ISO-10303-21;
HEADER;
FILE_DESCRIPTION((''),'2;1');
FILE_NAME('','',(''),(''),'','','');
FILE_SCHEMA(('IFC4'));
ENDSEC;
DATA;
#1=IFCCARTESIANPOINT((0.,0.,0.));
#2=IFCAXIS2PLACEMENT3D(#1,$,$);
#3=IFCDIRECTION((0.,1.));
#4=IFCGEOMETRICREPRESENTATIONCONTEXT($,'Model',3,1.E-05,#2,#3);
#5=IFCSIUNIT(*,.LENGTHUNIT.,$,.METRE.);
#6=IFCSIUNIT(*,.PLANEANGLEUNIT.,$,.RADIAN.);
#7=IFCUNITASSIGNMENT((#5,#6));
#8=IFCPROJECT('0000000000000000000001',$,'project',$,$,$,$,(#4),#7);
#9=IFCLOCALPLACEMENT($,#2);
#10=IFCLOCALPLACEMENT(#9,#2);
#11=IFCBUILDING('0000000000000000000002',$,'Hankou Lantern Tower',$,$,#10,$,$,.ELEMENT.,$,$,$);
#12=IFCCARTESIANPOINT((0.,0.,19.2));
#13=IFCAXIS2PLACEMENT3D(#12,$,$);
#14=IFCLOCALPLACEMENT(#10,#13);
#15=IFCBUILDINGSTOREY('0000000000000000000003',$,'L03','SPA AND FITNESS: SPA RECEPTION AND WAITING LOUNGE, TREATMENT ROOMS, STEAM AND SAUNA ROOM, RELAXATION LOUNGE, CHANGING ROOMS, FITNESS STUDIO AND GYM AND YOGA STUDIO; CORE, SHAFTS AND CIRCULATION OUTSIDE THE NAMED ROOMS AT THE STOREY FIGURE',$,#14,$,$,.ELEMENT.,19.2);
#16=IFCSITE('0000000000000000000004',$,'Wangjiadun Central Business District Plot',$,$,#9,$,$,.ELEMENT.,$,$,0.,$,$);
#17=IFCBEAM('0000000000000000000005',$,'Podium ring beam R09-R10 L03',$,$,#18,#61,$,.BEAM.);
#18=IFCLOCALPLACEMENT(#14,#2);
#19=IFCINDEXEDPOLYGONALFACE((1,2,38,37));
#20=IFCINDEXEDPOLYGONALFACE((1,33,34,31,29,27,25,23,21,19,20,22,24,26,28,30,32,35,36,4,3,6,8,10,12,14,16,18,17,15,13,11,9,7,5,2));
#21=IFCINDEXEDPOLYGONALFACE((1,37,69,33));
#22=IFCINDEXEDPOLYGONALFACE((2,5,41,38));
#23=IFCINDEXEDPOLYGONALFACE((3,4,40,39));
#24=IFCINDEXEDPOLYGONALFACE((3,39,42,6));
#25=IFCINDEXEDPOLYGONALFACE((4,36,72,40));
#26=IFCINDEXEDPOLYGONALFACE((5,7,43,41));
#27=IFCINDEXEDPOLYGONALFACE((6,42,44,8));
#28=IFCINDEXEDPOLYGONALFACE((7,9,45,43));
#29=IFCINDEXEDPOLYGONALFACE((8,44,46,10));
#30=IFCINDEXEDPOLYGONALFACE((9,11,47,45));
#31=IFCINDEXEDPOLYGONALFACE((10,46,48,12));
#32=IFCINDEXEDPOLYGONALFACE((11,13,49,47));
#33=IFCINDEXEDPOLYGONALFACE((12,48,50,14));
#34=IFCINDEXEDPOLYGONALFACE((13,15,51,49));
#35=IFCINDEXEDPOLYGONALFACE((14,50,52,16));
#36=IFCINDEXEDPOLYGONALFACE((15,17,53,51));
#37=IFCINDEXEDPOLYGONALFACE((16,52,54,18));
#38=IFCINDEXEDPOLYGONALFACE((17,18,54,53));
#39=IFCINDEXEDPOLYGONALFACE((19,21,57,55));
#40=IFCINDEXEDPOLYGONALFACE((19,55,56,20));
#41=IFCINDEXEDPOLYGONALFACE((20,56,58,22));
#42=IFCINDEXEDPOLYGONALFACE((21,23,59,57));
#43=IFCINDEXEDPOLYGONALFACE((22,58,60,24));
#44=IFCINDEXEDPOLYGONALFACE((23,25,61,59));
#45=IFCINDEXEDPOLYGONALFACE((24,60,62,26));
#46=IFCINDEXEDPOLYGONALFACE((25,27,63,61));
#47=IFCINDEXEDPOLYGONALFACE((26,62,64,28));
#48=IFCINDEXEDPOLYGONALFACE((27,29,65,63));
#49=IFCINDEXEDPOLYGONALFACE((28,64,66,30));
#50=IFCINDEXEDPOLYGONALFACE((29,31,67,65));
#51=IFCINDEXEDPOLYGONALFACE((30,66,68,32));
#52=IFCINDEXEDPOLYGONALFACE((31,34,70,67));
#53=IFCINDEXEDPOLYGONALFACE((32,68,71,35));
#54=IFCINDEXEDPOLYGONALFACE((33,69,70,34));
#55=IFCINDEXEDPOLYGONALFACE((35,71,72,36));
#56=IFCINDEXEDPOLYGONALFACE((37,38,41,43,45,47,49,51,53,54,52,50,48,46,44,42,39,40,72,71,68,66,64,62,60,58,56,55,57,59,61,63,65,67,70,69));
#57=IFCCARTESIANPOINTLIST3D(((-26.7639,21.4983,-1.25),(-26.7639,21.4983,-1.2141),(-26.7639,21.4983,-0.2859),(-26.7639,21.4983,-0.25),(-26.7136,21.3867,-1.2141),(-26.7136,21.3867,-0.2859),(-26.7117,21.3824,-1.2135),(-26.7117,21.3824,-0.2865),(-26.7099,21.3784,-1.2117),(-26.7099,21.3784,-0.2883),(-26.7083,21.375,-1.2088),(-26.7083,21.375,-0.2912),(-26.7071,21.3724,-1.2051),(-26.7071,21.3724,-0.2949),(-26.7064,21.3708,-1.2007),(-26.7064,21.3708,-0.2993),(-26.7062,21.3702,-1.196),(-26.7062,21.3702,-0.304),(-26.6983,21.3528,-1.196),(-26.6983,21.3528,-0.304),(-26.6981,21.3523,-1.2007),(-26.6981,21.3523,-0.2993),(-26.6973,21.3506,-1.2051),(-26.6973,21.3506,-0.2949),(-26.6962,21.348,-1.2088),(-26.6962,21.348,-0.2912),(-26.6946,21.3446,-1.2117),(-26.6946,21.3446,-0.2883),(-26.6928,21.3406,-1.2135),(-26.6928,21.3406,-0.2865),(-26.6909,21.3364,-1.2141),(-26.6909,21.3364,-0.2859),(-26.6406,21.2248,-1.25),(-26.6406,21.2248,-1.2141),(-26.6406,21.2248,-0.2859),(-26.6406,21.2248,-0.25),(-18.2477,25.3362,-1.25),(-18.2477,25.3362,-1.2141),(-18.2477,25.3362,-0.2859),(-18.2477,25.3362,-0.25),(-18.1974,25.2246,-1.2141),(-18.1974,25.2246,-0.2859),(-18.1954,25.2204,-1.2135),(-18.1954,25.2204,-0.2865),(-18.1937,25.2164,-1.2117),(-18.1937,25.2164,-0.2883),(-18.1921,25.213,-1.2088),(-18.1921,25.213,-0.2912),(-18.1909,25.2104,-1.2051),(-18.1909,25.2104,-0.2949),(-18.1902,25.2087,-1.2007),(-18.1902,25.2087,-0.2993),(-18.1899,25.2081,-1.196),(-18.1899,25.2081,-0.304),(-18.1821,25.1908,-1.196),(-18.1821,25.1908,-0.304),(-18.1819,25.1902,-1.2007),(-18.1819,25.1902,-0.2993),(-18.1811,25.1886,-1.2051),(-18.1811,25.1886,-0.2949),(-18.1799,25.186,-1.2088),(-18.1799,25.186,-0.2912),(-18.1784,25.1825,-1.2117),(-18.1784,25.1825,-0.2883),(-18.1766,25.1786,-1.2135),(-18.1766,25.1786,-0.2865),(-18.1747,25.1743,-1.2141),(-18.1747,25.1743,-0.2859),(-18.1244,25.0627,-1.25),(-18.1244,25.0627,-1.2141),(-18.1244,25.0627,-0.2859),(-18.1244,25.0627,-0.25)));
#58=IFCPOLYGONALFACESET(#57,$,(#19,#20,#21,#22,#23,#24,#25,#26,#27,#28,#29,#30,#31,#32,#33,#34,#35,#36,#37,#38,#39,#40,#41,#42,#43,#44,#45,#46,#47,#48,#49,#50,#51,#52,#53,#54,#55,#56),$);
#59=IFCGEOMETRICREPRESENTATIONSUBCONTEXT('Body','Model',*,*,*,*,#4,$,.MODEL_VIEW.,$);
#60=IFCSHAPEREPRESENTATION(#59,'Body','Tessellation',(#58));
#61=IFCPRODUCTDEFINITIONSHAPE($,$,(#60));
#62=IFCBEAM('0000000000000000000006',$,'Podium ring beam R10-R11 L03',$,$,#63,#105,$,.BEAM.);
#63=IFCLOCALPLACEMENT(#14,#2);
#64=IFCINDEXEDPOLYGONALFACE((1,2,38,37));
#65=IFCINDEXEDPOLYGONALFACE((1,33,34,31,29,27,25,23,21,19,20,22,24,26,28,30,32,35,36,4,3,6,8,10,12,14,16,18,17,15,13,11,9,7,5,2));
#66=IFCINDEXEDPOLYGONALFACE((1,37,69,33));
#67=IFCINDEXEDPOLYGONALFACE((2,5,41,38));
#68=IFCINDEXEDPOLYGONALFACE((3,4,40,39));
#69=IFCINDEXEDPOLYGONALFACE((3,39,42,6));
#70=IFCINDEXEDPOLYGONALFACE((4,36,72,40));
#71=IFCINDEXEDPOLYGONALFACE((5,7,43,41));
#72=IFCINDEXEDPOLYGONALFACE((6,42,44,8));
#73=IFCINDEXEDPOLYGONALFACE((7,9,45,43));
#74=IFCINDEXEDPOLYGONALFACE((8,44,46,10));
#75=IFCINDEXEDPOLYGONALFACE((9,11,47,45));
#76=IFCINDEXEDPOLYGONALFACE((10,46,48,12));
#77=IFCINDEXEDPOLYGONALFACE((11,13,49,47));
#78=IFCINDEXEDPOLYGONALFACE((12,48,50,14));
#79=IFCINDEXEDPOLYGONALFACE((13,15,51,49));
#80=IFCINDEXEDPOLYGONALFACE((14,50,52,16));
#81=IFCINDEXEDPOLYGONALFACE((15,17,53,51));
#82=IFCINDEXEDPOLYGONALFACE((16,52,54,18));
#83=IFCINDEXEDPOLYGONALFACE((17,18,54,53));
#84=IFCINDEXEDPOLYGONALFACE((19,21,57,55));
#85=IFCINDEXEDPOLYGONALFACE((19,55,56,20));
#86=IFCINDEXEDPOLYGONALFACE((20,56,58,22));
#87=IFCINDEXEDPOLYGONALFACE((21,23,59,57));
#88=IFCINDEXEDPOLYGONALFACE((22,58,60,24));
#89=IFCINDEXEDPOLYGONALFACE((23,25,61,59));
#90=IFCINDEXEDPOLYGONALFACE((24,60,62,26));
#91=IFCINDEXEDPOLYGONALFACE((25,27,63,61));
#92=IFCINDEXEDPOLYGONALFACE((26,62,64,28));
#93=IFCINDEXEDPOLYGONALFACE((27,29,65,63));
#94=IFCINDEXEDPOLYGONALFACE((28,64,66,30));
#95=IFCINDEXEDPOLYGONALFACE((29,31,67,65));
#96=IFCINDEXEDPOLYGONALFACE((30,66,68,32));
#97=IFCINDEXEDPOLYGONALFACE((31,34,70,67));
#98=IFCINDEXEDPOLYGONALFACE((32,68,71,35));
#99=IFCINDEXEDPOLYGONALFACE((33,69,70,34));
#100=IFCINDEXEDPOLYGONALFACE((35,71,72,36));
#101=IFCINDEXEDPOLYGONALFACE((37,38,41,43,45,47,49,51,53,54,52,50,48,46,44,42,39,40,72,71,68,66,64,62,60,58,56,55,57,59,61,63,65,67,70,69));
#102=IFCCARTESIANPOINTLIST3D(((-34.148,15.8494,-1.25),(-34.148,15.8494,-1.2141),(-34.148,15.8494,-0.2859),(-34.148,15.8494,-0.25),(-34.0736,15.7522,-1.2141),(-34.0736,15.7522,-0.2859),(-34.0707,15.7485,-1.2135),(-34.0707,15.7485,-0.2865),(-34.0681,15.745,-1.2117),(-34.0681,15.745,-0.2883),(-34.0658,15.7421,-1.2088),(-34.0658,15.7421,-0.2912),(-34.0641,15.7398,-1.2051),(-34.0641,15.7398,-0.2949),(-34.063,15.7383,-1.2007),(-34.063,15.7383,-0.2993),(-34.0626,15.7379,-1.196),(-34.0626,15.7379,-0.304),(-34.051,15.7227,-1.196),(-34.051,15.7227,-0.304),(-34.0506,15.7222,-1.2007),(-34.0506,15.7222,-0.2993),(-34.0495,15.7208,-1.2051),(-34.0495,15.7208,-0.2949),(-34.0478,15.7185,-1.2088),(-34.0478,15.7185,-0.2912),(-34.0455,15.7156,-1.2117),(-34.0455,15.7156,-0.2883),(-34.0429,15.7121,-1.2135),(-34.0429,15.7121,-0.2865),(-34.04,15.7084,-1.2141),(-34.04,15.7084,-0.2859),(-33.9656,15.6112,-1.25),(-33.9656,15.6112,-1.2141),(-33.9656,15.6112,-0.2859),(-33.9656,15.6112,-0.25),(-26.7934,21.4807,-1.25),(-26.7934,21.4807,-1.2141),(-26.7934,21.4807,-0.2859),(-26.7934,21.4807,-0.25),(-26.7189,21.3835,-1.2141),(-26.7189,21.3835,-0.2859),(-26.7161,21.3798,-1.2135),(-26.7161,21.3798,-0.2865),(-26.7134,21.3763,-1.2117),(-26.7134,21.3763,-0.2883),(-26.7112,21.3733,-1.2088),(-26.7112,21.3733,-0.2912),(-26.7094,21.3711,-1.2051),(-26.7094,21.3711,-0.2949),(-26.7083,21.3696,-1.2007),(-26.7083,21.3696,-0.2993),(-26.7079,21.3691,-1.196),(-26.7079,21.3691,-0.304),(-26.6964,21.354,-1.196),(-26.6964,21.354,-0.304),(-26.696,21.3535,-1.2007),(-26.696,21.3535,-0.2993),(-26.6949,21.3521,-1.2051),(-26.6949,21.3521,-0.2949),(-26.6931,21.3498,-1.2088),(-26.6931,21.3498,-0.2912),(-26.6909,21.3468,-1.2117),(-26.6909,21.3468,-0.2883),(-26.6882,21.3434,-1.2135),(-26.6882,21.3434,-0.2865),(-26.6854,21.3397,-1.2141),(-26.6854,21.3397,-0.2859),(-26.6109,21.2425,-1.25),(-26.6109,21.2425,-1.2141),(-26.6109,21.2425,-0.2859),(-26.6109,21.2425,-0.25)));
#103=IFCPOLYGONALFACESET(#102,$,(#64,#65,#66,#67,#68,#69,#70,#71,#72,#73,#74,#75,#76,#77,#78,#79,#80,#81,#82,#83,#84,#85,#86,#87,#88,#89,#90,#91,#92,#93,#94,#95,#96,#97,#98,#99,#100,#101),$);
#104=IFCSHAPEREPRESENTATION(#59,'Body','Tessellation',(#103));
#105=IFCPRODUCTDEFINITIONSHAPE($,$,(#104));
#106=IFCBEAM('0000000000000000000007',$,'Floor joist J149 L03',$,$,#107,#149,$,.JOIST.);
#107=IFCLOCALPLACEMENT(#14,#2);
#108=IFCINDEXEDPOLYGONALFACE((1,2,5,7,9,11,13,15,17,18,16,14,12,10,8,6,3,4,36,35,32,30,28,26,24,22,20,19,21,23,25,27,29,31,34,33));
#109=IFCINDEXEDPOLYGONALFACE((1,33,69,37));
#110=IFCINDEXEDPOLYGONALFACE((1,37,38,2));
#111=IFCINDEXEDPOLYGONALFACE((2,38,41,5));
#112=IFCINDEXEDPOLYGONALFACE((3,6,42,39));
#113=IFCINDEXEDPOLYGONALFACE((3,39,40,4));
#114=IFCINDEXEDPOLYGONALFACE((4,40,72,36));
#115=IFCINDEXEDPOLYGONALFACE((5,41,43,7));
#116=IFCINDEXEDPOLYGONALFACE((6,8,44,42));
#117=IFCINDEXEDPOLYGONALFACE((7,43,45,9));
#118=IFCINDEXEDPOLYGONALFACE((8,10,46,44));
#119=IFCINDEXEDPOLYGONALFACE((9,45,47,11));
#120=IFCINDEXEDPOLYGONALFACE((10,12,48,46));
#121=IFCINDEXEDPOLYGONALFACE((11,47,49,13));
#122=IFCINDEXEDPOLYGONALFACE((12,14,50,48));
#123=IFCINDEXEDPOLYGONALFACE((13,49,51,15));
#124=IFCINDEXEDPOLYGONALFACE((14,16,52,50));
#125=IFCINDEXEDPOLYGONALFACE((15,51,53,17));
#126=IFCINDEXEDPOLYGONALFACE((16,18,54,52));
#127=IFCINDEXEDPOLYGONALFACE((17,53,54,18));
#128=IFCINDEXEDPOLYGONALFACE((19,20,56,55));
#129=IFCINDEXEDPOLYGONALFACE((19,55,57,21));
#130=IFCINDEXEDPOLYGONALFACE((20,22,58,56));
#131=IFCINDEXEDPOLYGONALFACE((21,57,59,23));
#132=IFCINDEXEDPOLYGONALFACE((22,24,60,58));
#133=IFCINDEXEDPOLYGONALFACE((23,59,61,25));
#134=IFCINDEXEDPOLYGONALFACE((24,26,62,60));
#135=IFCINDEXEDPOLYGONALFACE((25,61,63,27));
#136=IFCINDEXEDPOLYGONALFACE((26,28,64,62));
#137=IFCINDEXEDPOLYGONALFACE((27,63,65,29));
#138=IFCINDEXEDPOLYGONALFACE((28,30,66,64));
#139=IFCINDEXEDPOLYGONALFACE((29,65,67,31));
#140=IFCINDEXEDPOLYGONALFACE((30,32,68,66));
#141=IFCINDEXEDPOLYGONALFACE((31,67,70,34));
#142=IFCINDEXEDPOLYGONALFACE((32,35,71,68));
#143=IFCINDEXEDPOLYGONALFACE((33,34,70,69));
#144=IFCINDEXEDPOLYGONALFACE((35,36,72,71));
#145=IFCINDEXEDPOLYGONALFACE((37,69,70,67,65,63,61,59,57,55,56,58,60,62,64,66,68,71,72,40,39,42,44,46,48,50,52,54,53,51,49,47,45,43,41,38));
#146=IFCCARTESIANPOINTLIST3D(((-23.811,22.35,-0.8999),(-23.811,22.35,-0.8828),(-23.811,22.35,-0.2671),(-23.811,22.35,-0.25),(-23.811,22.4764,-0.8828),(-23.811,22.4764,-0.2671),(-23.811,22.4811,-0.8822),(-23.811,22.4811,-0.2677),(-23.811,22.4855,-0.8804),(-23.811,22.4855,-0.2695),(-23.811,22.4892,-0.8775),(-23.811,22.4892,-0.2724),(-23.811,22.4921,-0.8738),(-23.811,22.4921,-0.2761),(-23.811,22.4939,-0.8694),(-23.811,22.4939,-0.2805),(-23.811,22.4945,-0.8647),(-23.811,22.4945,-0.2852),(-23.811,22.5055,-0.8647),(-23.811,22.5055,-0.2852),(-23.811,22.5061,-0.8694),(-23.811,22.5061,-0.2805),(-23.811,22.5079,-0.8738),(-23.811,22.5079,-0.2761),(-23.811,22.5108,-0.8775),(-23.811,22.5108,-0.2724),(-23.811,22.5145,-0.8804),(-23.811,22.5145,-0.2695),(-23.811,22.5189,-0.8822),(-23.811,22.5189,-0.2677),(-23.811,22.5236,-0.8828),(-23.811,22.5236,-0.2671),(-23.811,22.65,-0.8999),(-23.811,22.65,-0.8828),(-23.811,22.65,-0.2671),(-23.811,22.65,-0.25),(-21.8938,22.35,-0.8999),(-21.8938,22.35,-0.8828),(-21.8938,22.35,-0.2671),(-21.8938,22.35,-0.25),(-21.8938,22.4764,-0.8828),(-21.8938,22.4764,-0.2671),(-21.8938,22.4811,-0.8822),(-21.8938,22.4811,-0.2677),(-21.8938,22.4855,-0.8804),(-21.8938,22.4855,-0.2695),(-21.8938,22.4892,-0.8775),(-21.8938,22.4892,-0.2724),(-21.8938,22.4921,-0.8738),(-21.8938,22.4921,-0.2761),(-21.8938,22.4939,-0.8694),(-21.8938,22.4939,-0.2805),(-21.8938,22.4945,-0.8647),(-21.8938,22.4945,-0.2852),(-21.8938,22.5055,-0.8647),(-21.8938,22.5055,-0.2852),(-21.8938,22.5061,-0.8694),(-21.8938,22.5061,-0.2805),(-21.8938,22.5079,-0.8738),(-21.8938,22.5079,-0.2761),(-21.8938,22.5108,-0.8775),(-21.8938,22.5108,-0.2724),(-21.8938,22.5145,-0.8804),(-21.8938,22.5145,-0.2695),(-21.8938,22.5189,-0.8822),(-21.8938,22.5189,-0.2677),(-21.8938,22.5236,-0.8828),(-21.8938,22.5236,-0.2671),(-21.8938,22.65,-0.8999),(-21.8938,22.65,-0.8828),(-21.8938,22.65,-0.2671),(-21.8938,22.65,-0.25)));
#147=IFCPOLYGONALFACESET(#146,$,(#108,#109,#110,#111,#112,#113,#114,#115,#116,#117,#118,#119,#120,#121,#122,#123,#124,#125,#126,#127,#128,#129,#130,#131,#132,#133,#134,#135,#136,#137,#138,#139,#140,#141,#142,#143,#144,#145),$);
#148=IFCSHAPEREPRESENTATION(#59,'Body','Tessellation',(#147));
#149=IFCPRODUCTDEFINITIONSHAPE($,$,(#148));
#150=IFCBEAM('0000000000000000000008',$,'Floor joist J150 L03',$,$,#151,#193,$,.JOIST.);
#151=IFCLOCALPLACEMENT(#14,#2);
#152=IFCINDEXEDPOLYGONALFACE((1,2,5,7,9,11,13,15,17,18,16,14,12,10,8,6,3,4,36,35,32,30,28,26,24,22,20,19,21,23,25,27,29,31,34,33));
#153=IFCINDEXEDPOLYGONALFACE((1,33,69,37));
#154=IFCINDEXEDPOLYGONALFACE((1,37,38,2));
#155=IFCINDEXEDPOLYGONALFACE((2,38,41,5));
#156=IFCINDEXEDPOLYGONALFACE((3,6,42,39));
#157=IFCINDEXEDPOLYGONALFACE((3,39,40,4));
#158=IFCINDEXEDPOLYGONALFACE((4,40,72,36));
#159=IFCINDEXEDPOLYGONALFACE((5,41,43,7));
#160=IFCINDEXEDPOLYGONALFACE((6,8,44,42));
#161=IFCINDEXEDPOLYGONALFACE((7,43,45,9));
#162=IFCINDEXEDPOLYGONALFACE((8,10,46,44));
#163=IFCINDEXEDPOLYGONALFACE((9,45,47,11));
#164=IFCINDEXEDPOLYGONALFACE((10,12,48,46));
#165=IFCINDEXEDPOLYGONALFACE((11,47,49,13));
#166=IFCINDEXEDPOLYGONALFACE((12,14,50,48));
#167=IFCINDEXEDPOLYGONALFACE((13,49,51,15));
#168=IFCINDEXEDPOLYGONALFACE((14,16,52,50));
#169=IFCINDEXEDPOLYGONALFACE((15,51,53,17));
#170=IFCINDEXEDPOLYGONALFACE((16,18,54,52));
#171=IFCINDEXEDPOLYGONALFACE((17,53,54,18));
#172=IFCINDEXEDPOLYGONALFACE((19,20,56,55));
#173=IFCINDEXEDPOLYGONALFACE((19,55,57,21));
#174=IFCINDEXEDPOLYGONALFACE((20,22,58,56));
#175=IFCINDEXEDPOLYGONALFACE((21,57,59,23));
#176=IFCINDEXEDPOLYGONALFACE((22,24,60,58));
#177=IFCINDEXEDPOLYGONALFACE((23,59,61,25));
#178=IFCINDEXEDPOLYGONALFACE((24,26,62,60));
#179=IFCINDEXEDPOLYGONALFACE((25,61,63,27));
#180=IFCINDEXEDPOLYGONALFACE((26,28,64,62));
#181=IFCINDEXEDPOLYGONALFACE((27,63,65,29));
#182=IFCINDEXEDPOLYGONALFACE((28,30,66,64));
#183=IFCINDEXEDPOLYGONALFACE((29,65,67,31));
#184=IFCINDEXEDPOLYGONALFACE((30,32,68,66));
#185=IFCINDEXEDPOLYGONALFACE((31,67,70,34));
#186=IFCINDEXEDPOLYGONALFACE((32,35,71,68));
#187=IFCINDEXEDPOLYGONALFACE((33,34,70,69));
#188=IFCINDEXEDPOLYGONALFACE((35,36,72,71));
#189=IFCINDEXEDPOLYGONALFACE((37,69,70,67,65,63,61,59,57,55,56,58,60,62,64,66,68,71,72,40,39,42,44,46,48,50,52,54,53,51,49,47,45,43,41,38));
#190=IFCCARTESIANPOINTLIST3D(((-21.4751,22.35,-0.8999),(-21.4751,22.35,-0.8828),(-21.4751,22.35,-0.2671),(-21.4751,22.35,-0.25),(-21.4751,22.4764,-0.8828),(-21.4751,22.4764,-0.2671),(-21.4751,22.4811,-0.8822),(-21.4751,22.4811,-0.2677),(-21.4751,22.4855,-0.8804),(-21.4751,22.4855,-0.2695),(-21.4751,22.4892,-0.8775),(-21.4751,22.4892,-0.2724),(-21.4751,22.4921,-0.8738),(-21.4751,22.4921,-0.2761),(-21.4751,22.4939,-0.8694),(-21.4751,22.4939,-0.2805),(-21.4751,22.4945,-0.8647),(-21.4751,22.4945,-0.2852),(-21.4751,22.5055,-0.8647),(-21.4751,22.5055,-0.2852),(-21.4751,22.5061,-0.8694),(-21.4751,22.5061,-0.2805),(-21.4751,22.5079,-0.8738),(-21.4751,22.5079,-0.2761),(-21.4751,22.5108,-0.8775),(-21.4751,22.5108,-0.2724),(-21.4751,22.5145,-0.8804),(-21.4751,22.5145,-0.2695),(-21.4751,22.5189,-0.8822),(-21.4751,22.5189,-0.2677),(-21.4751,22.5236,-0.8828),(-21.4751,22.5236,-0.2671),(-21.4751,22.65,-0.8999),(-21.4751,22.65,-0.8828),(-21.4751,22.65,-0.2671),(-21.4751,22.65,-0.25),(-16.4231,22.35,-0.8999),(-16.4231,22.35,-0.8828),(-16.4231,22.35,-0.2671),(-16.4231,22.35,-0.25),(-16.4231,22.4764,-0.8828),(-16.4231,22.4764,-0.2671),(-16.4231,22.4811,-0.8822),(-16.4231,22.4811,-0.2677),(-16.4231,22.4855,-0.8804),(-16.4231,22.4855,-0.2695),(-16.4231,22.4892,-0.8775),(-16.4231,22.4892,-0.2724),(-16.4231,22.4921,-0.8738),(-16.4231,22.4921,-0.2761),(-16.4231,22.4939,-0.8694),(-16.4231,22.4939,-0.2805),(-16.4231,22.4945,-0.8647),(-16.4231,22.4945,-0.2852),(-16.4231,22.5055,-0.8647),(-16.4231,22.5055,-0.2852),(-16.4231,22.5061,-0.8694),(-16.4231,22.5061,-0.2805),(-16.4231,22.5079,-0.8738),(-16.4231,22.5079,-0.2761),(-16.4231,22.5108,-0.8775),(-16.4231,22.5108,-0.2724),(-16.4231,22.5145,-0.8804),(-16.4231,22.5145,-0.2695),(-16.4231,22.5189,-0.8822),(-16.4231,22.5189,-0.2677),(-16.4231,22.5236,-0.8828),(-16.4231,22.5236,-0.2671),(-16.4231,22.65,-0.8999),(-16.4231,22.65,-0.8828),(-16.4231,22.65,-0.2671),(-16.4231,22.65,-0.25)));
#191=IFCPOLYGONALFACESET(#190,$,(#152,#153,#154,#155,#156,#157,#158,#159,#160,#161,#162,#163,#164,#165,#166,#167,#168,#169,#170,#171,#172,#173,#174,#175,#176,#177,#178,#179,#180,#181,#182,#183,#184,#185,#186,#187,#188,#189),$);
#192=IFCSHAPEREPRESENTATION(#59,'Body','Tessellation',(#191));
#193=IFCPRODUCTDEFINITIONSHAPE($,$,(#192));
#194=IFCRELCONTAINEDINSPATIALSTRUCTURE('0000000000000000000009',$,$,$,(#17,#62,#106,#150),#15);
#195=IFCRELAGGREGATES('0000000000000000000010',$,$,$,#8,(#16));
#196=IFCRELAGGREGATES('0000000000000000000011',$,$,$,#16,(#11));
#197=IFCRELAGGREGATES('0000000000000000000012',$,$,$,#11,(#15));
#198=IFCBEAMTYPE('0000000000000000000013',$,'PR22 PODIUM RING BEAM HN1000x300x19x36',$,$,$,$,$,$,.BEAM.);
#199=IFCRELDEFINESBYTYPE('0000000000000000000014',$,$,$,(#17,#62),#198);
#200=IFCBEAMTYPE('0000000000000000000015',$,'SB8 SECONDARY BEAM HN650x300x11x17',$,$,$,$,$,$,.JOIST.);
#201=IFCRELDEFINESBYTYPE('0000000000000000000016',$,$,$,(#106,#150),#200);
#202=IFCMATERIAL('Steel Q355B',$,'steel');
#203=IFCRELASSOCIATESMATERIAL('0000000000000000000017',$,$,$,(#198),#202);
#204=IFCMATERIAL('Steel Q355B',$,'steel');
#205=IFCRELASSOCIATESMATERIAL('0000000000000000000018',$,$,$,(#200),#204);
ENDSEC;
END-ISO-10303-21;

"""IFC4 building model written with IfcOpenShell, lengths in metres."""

from ifc_helpers import new_model, si_unit, direction, frame, origin, origin_2d, place, context, subcontext, project, spatial, i_section, extrude, material, material_profile, profile_set, type_object, element, save


model = new_model("IFC4")

# Units and contexts
model_context = context("Model", 3, precision=1e-05, world=origin(), true_north=direction((0.0, 1.0)))
body_context = subcontext(model_context, "Body", "Model", "MODEL_VIEW")
ifc_project = project(units=[si_unit("LENGTHUNIT", "METRE"), si_unit("PLANEANGLEUNIT", "RADIAN")], contexts=[model_context])

# Site, building, storey
site_placement = place(None, origin())
site = spatial("IfcSite", under=ifc_project, at=site_placement, Name="Wangjiadun Central Business District Plot", CompositionType="ELEMENT", RefElevation=0.0)
building_placement = place(site_placement, origin())
building = spatial("IfcBuilding", under=site, at=building_placement, Name="Hankou Lantern Tower", CompositionType="ELEMENT")
storey_placement = place(building_placement, frame((0.0, 0.0, 19.2)))
storey = spatial("IfcBuildingStorey", under=building, at=storey_placement, Name="L03", Description="SPA AND FITNESS: SPA RECEPTION AND WAITING LOUNGE, TREATMENT ROOMS, STEAM AND SAUNA ROOM, RELAXATION LOUNGE, CHANGING ROOMS, FITNESS STUDIO AND GYM AND YOGA STUDIO; CORE, SHAFTS AND CIRCULATION OUTSIDE THE NAMED ROOMS AT THE STOREY FIGURE", CompositionType="ELEMENT", Elevation=19.2)

# Beams
ifc_material_1 = material(Name="Steel Q355B", Category="steel")
ifc_material_profile_1 = material_profile(ifc_material_1, i_section(OverallWidth=0.3, OverallDepth=1.0, WebThickness=0.019, FlangeThickness=0.0359, FilletRadius=0.0181, at=origin_2d()), Name="HN1000x300x19x36")
ifc_profile_set_1 = profile_set([ifc_material_profile_1], Name="Steel Q355B")
beam_type_1 = type_object("IfcBeamType", Name="PR22 PODIUM RING BEAM HN1000x300x19x36", PredefinedType="BEAM", material=ifc_profile_set_1)
beam_1_placement = place(storey_placement, frame((-18.186, 25.1995, -0.75), z_axis=(-0.911695, -0.410867, 0.0), x_axis=(0.410867, -0.911695, 0.0)))
element("IfcBeam", 1, at=beam_1_placement, inside=storey, type_object=beam_type_1, Name="Podium ring beam R09-R10 L03", PredefinedType="BEAM", context=body_context, shape_type="SweptSolid", body=[
    extrude(i_section(OverallWidth=0.3, OverallDepth=1.0, WebThickness=0.019, FlangeThickness=0.0359, FilletRadius=0.0181, at=origin_2d()), origin(), (0.0, 0.0, 1.0), 9.3411),
])
beam_2_placement = place(storey_placement, frame((-26.7021, 21.3616, -0.75), z_axis=(-0.793986, -0.607936, 0.0), x_axis=(0.607936, -0.793986, 0.0)))
element("IfcBeam", 2, at=beam_2_placement, inside=storey, type_object=beam_type_1, Name="Podium ring beam R10-R11 L03", PredefinedType="BEAM", context=body_context, shape_type="SweptSolid", body=[
    extrude(i_section(OverallWidth=0.3, OverallDepth=1.0, WebThickness=0.019, FlangeThickness=0.0359, FilletRadius=0.0181, at=origin_2d()), origin(), (0.0, 0.0, 1.0), 9.2629),
])
ifc_material_2 = material(Name="Steel Q355B", Category="steel")
ifc_material_profile_2 = material_profile(ifc_material_2, i_section(OverallWidth=0.3, OverallDepth=0.6499, WebThickness=0.011, FlangeThickness=0.0171, FilletRadius=0.0181, at=origin_2d()), Name="HN650x300x11x17")
ifc_profile_set_2 = profile_set([ifc_material_profile_2], Name="Steel Q355B")
beam_type_2 = type_object("IfcBeamType", Name="SB8 SECONDARY BEAM HN650x300x11x17", PredefinedType="JOIST", material=ifc_profile_set_2)
beam_3_placement = place(storey_placement, frame((-23.811, 22.5, -0.575), z_axis=(1.0, 0.0, 0.0), x_axis=(0.0, 1.0, 0.0)))
element("IfcBeam", 3, at=beam_3_placement, inside=storey, type_object=beam_type_2, Name="Floor joist J149 L03", PredefinedType="JOIST", context=body_context, shape_type="SweptSolid", body=[
    extrude(i_section(OverallWidth=0.3, OverallDepth=0.6499, WebThickness=0.011, FlangeThickness=0.0171, FilletRadius=0.0181, at=origin_2d()), origin(), (0.0, 0.0, 1.0), 1.9172),
])
beam_4_placement = place(storey_placement, frame((-21.4751, 22.5, -0.575), z_axis=(1.0, 0.0, 0.0), x_axis=(0.0, 1.0, 0.0)))
element("IfcBeam", 4, at=beam_4_placement, inside=storey, type_object=beam_type_2, Name="Floor joist J150 L03", PredefinedType="JOIST", context=body_context, shape_type="SweptSolid", body=[
    extrude(i_section(OverallWidth=0.3, OverallDepth=0.6499, WebThickness=0.011, FlangeThickness=0.0171, FilletRadius=0.0181, at=origin_2d()), origin(), (0.0, 0.0, 1.0), 5.052),
])

save(model, "model.ifc")
